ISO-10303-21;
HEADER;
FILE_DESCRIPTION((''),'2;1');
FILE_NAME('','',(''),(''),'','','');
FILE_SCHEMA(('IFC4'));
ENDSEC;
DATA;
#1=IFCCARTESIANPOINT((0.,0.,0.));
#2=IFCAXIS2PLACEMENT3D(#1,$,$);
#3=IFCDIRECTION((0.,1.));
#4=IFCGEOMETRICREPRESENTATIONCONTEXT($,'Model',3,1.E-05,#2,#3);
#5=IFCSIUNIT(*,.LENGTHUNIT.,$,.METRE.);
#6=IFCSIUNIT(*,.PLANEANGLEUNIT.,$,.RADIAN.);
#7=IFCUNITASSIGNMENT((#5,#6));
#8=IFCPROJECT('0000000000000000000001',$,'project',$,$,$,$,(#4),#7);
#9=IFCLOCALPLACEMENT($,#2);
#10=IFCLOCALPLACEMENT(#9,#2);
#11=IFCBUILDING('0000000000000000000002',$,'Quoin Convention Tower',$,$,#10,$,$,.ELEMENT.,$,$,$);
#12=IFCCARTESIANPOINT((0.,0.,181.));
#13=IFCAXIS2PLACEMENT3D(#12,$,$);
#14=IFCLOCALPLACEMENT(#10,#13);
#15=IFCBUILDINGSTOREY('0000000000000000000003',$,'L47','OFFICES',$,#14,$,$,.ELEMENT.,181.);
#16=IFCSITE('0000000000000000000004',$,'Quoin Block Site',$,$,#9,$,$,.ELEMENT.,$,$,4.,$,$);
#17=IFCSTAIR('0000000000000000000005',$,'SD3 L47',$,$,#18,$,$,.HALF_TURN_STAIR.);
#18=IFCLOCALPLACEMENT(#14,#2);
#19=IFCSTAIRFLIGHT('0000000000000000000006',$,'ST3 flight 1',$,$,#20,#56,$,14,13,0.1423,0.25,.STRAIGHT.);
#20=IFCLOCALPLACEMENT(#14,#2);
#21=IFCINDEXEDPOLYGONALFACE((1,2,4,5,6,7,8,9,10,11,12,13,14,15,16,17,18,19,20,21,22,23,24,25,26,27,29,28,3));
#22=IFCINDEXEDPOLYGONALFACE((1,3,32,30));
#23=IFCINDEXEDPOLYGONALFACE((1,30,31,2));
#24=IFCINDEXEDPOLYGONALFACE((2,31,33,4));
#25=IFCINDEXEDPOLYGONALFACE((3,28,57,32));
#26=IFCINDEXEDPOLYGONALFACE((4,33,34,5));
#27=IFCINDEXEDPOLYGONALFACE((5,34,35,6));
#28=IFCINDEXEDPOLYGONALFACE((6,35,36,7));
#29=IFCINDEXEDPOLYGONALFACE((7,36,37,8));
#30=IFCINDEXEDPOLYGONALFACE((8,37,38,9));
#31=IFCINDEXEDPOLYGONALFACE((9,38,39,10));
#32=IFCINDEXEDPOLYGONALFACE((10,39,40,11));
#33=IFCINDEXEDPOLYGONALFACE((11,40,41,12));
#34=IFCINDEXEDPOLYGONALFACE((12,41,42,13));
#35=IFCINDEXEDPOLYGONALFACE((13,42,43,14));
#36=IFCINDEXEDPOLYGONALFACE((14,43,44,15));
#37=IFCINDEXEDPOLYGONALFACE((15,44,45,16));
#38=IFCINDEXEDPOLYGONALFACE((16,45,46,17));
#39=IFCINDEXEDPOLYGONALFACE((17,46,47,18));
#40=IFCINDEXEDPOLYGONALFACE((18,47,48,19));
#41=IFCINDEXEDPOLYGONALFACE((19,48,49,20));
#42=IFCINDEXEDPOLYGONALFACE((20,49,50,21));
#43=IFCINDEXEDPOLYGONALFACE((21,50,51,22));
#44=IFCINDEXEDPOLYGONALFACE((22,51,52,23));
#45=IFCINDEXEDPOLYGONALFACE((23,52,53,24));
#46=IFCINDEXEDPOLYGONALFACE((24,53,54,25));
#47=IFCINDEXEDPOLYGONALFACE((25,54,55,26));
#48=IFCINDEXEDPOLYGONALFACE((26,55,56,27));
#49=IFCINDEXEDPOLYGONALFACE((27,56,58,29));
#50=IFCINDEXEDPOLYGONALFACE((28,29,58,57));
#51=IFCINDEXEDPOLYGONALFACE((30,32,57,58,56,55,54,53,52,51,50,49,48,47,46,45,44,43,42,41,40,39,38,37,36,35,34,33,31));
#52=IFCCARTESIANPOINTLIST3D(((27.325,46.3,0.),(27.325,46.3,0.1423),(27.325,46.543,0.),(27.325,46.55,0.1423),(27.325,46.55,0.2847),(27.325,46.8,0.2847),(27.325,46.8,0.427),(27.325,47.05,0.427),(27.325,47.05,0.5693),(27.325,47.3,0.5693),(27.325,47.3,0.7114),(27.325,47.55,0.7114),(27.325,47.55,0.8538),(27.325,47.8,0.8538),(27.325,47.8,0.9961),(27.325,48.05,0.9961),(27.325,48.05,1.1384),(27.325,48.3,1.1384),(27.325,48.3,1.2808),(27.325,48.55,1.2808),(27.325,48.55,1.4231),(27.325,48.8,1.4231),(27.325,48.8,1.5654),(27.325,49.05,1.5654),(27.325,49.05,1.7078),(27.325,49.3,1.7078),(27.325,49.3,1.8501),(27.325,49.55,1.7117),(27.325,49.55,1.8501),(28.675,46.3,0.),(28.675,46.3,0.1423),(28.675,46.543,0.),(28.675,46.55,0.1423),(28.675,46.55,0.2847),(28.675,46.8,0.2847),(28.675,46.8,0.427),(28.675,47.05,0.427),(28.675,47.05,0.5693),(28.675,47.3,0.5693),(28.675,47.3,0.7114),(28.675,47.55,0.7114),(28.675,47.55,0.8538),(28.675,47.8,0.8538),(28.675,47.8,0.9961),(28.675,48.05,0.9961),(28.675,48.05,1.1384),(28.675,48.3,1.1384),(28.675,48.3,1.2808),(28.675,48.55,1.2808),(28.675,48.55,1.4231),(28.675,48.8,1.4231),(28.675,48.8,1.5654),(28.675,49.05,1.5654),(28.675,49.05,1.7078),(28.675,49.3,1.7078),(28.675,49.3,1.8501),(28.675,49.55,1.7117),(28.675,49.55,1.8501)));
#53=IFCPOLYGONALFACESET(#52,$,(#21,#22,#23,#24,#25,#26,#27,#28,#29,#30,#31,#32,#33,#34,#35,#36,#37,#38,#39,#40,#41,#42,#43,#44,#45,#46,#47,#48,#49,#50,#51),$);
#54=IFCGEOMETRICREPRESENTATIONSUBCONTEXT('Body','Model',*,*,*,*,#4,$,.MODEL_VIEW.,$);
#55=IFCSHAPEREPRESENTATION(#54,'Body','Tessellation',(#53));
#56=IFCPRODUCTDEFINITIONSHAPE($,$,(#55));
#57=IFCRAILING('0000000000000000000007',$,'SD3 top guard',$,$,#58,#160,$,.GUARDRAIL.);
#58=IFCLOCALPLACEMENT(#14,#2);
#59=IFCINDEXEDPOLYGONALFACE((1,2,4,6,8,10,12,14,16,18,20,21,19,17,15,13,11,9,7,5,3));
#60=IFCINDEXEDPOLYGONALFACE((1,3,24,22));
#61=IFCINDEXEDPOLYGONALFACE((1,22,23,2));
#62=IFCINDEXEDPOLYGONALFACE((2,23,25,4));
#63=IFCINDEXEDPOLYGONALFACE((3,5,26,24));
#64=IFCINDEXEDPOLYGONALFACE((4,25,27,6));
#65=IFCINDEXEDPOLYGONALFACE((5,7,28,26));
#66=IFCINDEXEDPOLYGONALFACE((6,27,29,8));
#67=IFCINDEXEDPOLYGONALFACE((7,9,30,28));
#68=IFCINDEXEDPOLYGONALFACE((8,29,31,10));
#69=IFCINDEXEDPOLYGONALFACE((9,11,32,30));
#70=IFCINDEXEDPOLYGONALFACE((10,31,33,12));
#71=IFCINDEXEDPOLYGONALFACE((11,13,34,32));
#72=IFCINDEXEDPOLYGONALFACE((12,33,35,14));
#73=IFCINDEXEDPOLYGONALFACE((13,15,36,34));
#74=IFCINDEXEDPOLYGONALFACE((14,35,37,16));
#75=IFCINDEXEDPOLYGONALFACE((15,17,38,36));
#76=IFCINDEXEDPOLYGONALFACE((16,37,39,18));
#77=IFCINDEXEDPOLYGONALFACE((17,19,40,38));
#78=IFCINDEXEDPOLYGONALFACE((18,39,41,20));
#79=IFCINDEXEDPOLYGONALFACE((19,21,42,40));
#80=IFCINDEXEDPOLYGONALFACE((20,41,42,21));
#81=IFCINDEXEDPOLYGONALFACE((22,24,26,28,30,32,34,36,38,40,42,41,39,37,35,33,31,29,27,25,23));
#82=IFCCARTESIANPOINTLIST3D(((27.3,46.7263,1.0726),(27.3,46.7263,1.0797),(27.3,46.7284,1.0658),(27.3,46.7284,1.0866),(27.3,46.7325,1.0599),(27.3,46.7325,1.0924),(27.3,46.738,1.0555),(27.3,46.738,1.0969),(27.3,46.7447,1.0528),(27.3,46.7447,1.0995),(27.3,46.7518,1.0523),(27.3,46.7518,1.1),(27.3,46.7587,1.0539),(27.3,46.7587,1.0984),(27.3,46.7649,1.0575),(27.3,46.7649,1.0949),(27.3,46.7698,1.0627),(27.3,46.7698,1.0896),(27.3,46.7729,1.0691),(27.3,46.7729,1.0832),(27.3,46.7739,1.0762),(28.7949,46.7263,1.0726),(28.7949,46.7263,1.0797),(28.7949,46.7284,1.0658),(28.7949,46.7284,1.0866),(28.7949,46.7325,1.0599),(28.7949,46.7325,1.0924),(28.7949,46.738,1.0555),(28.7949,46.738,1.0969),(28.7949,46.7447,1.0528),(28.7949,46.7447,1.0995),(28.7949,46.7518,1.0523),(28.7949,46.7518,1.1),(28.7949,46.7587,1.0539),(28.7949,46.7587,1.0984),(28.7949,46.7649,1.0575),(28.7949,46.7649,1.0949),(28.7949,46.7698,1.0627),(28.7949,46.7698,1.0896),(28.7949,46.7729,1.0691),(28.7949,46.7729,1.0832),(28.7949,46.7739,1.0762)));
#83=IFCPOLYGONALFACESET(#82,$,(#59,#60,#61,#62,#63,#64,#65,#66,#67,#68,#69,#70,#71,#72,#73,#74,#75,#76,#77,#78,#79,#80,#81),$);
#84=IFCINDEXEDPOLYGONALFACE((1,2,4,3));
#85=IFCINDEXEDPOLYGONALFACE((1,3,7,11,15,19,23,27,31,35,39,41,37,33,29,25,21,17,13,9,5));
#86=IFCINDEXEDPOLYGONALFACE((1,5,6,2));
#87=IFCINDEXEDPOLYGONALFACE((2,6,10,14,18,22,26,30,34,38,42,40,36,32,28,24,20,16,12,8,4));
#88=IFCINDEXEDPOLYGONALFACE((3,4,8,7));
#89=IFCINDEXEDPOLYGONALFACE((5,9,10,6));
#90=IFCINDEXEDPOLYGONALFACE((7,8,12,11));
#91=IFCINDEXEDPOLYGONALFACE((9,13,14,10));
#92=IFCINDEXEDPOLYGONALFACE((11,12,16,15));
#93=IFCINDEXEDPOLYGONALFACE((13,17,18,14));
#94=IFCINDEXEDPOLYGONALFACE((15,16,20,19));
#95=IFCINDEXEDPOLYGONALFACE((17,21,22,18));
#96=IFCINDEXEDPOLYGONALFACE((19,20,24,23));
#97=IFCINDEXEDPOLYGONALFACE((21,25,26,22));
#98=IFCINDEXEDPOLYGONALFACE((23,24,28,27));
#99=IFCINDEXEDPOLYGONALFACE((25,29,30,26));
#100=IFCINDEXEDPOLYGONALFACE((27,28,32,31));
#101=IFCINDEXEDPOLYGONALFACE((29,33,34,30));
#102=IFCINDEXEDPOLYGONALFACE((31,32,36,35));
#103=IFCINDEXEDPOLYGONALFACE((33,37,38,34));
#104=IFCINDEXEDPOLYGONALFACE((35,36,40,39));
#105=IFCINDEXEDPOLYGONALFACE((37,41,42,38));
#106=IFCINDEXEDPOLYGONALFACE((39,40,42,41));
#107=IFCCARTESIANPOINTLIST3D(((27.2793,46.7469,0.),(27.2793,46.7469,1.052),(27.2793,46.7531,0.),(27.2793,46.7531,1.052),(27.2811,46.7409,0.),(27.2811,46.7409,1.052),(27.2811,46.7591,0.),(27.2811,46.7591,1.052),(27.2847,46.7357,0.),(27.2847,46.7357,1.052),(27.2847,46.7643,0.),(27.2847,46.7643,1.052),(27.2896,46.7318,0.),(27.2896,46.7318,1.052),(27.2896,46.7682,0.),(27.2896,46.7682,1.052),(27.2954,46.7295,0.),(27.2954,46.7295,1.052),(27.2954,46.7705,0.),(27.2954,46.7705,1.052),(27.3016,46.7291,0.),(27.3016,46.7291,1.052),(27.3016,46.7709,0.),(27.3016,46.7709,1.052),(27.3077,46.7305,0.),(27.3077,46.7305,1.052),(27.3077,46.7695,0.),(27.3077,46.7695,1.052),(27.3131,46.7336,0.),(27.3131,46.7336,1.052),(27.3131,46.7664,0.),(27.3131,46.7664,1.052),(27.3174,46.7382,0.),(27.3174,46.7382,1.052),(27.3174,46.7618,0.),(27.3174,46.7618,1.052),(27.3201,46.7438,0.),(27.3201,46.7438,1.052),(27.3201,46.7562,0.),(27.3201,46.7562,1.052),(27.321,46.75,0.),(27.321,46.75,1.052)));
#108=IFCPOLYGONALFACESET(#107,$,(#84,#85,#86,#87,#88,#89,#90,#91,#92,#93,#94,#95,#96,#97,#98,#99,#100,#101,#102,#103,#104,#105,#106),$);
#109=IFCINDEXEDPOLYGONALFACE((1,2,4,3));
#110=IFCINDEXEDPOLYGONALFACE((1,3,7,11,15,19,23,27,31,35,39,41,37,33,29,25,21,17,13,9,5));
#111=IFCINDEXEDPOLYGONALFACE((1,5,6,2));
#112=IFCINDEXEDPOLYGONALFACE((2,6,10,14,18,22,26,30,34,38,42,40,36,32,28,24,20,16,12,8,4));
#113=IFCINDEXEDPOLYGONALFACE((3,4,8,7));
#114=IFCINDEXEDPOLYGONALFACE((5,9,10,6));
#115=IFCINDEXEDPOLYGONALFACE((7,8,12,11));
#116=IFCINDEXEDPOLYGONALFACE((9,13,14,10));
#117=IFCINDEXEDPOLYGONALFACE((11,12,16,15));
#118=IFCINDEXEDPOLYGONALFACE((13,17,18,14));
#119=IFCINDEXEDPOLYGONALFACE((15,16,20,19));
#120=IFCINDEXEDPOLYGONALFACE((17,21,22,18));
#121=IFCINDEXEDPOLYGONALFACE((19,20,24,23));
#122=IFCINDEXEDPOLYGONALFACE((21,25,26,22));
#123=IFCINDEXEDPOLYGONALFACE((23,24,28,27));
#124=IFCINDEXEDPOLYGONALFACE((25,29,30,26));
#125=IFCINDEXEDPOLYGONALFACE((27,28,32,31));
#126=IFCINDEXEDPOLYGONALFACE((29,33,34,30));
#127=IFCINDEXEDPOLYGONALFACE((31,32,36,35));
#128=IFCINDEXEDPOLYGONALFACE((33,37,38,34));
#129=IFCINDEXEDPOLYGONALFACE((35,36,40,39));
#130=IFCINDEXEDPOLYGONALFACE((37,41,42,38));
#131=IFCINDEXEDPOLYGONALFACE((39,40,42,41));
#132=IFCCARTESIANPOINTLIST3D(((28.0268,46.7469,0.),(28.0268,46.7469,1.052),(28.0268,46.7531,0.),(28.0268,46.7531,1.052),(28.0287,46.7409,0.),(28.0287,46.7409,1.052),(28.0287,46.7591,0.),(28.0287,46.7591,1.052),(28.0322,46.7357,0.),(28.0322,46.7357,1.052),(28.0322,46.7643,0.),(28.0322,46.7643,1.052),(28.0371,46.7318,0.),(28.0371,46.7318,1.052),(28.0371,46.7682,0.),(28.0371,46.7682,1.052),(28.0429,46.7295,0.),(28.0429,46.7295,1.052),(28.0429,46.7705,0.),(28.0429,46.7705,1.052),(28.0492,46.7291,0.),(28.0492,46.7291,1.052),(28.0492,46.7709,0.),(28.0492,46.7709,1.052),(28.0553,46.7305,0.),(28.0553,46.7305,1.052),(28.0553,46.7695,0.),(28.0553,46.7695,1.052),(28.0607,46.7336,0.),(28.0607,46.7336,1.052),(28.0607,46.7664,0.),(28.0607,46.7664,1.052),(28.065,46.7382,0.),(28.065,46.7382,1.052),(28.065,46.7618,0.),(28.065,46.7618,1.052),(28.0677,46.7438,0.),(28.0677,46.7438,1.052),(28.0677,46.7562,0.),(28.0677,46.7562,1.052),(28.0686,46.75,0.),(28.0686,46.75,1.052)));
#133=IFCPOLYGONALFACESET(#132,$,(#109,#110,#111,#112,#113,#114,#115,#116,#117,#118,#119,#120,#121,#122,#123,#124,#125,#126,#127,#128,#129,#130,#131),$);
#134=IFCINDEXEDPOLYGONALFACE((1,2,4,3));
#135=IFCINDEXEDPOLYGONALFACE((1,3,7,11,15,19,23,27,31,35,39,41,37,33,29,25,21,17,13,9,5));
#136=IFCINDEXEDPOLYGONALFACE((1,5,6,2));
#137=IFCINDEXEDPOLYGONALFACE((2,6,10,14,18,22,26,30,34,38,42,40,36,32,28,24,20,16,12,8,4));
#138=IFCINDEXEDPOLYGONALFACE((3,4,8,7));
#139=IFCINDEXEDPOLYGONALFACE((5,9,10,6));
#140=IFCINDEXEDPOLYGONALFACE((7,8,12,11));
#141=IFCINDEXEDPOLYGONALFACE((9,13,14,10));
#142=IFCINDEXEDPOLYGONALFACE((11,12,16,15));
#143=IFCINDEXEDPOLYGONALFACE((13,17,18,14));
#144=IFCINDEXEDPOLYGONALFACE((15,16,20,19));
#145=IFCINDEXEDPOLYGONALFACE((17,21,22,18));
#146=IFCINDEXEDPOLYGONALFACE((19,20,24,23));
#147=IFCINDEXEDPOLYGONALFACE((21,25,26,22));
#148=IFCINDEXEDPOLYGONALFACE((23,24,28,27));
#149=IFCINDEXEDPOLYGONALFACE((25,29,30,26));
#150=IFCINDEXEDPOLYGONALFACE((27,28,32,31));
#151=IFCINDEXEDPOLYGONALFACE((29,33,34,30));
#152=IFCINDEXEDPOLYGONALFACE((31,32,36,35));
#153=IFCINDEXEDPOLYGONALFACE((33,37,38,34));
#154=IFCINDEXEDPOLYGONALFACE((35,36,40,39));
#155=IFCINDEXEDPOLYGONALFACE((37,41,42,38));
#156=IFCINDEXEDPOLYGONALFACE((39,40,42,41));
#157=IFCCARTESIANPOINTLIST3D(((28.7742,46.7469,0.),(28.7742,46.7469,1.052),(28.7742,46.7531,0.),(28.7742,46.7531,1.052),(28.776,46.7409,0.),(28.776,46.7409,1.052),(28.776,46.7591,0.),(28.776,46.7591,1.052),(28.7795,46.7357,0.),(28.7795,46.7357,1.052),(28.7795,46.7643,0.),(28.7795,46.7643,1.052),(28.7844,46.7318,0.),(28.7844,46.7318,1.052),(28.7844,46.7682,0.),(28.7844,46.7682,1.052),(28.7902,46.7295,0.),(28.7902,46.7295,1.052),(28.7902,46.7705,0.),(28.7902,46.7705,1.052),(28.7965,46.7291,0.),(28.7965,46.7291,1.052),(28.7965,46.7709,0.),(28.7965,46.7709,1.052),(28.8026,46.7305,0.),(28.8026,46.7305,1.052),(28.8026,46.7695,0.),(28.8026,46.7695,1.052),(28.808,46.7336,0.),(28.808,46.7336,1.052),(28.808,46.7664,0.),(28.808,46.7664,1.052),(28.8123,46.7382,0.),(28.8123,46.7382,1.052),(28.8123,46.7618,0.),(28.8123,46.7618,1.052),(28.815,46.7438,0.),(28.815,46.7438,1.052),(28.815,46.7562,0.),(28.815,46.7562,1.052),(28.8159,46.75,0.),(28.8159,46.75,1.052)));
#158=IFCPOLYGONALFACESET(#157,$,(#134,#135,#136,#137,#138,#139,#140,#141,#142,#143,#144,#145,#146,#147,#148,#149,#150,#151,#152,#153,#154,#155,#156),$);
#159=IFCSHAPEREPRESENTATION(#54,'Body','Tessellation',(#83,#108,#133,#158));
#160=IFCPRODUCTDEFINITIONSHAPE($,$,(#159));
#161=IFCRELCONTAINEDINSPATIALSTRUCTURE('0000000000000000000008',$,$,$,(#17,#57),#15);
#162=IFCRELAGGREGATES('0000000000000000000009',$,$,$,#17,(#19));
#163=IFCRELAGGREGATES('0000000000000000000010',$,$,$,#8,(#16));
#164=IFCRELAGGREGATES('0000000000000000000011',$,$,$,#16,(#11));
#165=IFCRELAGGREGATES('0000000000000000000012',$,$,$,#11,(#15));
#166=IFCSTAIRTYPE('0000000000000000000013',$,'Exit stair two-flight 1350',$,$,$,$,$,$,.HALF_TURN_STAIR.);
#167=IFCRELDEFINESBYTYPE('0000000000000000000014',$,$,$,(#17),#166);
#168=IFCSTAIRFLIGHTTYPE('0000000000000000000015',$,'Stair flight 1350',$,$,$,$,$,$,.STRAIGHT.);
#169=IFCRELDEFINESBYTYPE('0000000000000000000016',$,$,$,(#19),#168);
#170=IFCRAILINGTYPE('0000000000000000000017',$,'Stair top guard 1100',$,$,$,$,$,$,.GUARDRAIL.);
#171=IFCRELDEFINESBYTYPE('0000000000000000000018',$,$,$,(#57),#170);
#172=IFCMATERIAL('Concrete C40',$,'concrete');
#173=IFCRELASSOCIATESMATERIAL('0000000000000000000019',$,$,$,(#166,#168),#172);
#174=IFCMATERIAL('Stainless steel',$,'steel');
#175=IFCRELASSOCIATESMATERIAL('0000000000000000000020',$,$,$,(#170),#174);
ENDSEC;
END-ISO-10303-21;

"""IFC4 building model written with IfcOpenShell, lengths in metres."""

from ifc_helpers import new_model, si_unit, direction, frame, origin, origin_2d, place, context, subcontext, project, spatial, polyline, circle, outline, extrude, material, type_object, element, aggregate, save


model = new_model("IFC4")

# Units and contexts
model_context = context("Model", 3, precision=1e-05, world=origin(), true_north=direction((0.0, 1.0)))
body_context = subcontext(model_context, "Body", "Model", "MODEL_VIEW")
ifc_project = project(units=[si_unit("LENGTHUNIT", "METRE"), si_unit("PLANEANGLEUNIT", "RADIAN")], contexts=[model_context])

# Site, building, storey
site_placement = place(None, origin())
site = spatial("IfcSite", under=ifc_project, at=site_placement, Name="Quoin Block Site", CompositionType="ELEMENT", RefElevation=4.0)
building_placement = place(site_placement, origin())
building = spatial("IfcBuilding", under=site, at=building_placement, Name="Quoin Convention Tower", CompositionType="ELEMENT")
storey_placement = place(building_placement, frame((0.0, 0.0, 181.0)))
storey = spatial("IfcBuildingStorey", under=building, at=storey_placement, Name="L47", Description="OFFICES", CompositionType="ELEMENT", Elevation=181.0)

# Stair, stair flight
ifc_material_1 = material(Name="Concrete C40", Category="concrete")
stair_type = type_object("IfcStairType", Name="Exit stair two-flight 1350", PredefinedType="HALF_TURN_STAIR", material=ifc_material_1)
stair_placement = place(storey_placement, origin())
stair = element("IfcStair", 1, at=stair_placement, inside=storey, type_object=stair_type, Name="SD3 L47", PredefinedType="HALF_TURN_STAIR")
stair_flight_type = type_object("IfcStairFlightType", Name="Stair flight 1350", PredefinedType="STRAIGHT", material=ifc_material_1)
stair_flight_placement = place(storey_placement, frame((28.0, 46.3, 0.0), z_axis=(0.0, 0.0, 1.0), x_axis=(0.0, 1.0, 0.0)))
stair_flight = element("IfcStairFlight", 2, at=stair_flight_placement, type_object=stair_flight_type, Name="ST3 flight 1", NumberOfRisers=14, NumberOfTreads=13, PredefinedType="STRAIGHT", RiserHeight=0.1423, TreadLength=0.25, context=body_context, shape_type="SweptSolid", body=[
    extrude(outline(polyline([(0.0, 0.0), (0.0, 0.1423), (0.25, 0.1423), (0.25, 0.2847), (0.5, 0.2847), (0.5, 0.427), (0.75, 0.427), (0.75, 0.5693), (1.0, 0.5693), (1.0, 0.7114), (1.25, 0.7114), (1.25, 0.8538), (1.5, 0.8538), (1.5, 0.9961), (1.75, 0.9961), (1.75, 1.1384), (2.0, 1.1384), (2.0, 1.2808), (2.25, 1.2808), (2.25, 1.4231), (2.5, 1.4231), (2.5, 1.5654), (2.75, 1.5654), (2.75, 1.7078), (3.0, 1.7078), (3.0, 1.8501), (3.25, 1.8501), (3.25, 1.9922), (3.25, 1.7117), (0.2429, 0.0), (0.0, 0.0)])), frame((0.0, 0.675, 0.0), z_axis=(0.0, -1.0, 0.0), x_axis=(1.0, 0.0, 0.0)), (0.0, 0.0, 1.0), 1.3501),
])
aggregate(stair, [stair_flight])

# Railing
ifc_material_2 = material(Name="Stainless steel", Category="steel")
railing_type_1 = type_object("IfcRailingType", Name="Stair top guard 1100", PredefinedType="GUARDRAIL", material=ifc_material_2)
railing_1_placement = place(storey_placement, frame((27.3, 46.75, 0.0)))
element("IfcRailing", 3, at=railing_1_placement, inside=storey, type_object=railing_type_1, Name="SD3 top guard", PredefinedType="GUARDRAIL", context=body_context, shape_type="SweptSolid", body=[
    extrude(circle(Radius=0.0239, at=origin_2d()), frame((0.0, 0.0, 1.0762), z_axis=(1.0, 0.0, 0.0), x_axis=(0.0, 1.0, 0.0)), (0.0, 0.0, 1.0), 1.4949),
    extrude(circle(Radius=0.021, at=origin_2d()), origin(), (0.0, 0.0, 1.0), 1.052),
    extrude(circle(Radius=0.021, at=origin_2d()), frame((0.7476, 0.0, 0.0)), (0.0, 0.0, 1.0), 1.052),
    extrude(circle(Radius=0.021, at=origin_2d()), frame((1.4949, 0.0, 0.0)), (0.0, 0.0, 1.0), 1.052),
])

save(model, "model.ifc")
